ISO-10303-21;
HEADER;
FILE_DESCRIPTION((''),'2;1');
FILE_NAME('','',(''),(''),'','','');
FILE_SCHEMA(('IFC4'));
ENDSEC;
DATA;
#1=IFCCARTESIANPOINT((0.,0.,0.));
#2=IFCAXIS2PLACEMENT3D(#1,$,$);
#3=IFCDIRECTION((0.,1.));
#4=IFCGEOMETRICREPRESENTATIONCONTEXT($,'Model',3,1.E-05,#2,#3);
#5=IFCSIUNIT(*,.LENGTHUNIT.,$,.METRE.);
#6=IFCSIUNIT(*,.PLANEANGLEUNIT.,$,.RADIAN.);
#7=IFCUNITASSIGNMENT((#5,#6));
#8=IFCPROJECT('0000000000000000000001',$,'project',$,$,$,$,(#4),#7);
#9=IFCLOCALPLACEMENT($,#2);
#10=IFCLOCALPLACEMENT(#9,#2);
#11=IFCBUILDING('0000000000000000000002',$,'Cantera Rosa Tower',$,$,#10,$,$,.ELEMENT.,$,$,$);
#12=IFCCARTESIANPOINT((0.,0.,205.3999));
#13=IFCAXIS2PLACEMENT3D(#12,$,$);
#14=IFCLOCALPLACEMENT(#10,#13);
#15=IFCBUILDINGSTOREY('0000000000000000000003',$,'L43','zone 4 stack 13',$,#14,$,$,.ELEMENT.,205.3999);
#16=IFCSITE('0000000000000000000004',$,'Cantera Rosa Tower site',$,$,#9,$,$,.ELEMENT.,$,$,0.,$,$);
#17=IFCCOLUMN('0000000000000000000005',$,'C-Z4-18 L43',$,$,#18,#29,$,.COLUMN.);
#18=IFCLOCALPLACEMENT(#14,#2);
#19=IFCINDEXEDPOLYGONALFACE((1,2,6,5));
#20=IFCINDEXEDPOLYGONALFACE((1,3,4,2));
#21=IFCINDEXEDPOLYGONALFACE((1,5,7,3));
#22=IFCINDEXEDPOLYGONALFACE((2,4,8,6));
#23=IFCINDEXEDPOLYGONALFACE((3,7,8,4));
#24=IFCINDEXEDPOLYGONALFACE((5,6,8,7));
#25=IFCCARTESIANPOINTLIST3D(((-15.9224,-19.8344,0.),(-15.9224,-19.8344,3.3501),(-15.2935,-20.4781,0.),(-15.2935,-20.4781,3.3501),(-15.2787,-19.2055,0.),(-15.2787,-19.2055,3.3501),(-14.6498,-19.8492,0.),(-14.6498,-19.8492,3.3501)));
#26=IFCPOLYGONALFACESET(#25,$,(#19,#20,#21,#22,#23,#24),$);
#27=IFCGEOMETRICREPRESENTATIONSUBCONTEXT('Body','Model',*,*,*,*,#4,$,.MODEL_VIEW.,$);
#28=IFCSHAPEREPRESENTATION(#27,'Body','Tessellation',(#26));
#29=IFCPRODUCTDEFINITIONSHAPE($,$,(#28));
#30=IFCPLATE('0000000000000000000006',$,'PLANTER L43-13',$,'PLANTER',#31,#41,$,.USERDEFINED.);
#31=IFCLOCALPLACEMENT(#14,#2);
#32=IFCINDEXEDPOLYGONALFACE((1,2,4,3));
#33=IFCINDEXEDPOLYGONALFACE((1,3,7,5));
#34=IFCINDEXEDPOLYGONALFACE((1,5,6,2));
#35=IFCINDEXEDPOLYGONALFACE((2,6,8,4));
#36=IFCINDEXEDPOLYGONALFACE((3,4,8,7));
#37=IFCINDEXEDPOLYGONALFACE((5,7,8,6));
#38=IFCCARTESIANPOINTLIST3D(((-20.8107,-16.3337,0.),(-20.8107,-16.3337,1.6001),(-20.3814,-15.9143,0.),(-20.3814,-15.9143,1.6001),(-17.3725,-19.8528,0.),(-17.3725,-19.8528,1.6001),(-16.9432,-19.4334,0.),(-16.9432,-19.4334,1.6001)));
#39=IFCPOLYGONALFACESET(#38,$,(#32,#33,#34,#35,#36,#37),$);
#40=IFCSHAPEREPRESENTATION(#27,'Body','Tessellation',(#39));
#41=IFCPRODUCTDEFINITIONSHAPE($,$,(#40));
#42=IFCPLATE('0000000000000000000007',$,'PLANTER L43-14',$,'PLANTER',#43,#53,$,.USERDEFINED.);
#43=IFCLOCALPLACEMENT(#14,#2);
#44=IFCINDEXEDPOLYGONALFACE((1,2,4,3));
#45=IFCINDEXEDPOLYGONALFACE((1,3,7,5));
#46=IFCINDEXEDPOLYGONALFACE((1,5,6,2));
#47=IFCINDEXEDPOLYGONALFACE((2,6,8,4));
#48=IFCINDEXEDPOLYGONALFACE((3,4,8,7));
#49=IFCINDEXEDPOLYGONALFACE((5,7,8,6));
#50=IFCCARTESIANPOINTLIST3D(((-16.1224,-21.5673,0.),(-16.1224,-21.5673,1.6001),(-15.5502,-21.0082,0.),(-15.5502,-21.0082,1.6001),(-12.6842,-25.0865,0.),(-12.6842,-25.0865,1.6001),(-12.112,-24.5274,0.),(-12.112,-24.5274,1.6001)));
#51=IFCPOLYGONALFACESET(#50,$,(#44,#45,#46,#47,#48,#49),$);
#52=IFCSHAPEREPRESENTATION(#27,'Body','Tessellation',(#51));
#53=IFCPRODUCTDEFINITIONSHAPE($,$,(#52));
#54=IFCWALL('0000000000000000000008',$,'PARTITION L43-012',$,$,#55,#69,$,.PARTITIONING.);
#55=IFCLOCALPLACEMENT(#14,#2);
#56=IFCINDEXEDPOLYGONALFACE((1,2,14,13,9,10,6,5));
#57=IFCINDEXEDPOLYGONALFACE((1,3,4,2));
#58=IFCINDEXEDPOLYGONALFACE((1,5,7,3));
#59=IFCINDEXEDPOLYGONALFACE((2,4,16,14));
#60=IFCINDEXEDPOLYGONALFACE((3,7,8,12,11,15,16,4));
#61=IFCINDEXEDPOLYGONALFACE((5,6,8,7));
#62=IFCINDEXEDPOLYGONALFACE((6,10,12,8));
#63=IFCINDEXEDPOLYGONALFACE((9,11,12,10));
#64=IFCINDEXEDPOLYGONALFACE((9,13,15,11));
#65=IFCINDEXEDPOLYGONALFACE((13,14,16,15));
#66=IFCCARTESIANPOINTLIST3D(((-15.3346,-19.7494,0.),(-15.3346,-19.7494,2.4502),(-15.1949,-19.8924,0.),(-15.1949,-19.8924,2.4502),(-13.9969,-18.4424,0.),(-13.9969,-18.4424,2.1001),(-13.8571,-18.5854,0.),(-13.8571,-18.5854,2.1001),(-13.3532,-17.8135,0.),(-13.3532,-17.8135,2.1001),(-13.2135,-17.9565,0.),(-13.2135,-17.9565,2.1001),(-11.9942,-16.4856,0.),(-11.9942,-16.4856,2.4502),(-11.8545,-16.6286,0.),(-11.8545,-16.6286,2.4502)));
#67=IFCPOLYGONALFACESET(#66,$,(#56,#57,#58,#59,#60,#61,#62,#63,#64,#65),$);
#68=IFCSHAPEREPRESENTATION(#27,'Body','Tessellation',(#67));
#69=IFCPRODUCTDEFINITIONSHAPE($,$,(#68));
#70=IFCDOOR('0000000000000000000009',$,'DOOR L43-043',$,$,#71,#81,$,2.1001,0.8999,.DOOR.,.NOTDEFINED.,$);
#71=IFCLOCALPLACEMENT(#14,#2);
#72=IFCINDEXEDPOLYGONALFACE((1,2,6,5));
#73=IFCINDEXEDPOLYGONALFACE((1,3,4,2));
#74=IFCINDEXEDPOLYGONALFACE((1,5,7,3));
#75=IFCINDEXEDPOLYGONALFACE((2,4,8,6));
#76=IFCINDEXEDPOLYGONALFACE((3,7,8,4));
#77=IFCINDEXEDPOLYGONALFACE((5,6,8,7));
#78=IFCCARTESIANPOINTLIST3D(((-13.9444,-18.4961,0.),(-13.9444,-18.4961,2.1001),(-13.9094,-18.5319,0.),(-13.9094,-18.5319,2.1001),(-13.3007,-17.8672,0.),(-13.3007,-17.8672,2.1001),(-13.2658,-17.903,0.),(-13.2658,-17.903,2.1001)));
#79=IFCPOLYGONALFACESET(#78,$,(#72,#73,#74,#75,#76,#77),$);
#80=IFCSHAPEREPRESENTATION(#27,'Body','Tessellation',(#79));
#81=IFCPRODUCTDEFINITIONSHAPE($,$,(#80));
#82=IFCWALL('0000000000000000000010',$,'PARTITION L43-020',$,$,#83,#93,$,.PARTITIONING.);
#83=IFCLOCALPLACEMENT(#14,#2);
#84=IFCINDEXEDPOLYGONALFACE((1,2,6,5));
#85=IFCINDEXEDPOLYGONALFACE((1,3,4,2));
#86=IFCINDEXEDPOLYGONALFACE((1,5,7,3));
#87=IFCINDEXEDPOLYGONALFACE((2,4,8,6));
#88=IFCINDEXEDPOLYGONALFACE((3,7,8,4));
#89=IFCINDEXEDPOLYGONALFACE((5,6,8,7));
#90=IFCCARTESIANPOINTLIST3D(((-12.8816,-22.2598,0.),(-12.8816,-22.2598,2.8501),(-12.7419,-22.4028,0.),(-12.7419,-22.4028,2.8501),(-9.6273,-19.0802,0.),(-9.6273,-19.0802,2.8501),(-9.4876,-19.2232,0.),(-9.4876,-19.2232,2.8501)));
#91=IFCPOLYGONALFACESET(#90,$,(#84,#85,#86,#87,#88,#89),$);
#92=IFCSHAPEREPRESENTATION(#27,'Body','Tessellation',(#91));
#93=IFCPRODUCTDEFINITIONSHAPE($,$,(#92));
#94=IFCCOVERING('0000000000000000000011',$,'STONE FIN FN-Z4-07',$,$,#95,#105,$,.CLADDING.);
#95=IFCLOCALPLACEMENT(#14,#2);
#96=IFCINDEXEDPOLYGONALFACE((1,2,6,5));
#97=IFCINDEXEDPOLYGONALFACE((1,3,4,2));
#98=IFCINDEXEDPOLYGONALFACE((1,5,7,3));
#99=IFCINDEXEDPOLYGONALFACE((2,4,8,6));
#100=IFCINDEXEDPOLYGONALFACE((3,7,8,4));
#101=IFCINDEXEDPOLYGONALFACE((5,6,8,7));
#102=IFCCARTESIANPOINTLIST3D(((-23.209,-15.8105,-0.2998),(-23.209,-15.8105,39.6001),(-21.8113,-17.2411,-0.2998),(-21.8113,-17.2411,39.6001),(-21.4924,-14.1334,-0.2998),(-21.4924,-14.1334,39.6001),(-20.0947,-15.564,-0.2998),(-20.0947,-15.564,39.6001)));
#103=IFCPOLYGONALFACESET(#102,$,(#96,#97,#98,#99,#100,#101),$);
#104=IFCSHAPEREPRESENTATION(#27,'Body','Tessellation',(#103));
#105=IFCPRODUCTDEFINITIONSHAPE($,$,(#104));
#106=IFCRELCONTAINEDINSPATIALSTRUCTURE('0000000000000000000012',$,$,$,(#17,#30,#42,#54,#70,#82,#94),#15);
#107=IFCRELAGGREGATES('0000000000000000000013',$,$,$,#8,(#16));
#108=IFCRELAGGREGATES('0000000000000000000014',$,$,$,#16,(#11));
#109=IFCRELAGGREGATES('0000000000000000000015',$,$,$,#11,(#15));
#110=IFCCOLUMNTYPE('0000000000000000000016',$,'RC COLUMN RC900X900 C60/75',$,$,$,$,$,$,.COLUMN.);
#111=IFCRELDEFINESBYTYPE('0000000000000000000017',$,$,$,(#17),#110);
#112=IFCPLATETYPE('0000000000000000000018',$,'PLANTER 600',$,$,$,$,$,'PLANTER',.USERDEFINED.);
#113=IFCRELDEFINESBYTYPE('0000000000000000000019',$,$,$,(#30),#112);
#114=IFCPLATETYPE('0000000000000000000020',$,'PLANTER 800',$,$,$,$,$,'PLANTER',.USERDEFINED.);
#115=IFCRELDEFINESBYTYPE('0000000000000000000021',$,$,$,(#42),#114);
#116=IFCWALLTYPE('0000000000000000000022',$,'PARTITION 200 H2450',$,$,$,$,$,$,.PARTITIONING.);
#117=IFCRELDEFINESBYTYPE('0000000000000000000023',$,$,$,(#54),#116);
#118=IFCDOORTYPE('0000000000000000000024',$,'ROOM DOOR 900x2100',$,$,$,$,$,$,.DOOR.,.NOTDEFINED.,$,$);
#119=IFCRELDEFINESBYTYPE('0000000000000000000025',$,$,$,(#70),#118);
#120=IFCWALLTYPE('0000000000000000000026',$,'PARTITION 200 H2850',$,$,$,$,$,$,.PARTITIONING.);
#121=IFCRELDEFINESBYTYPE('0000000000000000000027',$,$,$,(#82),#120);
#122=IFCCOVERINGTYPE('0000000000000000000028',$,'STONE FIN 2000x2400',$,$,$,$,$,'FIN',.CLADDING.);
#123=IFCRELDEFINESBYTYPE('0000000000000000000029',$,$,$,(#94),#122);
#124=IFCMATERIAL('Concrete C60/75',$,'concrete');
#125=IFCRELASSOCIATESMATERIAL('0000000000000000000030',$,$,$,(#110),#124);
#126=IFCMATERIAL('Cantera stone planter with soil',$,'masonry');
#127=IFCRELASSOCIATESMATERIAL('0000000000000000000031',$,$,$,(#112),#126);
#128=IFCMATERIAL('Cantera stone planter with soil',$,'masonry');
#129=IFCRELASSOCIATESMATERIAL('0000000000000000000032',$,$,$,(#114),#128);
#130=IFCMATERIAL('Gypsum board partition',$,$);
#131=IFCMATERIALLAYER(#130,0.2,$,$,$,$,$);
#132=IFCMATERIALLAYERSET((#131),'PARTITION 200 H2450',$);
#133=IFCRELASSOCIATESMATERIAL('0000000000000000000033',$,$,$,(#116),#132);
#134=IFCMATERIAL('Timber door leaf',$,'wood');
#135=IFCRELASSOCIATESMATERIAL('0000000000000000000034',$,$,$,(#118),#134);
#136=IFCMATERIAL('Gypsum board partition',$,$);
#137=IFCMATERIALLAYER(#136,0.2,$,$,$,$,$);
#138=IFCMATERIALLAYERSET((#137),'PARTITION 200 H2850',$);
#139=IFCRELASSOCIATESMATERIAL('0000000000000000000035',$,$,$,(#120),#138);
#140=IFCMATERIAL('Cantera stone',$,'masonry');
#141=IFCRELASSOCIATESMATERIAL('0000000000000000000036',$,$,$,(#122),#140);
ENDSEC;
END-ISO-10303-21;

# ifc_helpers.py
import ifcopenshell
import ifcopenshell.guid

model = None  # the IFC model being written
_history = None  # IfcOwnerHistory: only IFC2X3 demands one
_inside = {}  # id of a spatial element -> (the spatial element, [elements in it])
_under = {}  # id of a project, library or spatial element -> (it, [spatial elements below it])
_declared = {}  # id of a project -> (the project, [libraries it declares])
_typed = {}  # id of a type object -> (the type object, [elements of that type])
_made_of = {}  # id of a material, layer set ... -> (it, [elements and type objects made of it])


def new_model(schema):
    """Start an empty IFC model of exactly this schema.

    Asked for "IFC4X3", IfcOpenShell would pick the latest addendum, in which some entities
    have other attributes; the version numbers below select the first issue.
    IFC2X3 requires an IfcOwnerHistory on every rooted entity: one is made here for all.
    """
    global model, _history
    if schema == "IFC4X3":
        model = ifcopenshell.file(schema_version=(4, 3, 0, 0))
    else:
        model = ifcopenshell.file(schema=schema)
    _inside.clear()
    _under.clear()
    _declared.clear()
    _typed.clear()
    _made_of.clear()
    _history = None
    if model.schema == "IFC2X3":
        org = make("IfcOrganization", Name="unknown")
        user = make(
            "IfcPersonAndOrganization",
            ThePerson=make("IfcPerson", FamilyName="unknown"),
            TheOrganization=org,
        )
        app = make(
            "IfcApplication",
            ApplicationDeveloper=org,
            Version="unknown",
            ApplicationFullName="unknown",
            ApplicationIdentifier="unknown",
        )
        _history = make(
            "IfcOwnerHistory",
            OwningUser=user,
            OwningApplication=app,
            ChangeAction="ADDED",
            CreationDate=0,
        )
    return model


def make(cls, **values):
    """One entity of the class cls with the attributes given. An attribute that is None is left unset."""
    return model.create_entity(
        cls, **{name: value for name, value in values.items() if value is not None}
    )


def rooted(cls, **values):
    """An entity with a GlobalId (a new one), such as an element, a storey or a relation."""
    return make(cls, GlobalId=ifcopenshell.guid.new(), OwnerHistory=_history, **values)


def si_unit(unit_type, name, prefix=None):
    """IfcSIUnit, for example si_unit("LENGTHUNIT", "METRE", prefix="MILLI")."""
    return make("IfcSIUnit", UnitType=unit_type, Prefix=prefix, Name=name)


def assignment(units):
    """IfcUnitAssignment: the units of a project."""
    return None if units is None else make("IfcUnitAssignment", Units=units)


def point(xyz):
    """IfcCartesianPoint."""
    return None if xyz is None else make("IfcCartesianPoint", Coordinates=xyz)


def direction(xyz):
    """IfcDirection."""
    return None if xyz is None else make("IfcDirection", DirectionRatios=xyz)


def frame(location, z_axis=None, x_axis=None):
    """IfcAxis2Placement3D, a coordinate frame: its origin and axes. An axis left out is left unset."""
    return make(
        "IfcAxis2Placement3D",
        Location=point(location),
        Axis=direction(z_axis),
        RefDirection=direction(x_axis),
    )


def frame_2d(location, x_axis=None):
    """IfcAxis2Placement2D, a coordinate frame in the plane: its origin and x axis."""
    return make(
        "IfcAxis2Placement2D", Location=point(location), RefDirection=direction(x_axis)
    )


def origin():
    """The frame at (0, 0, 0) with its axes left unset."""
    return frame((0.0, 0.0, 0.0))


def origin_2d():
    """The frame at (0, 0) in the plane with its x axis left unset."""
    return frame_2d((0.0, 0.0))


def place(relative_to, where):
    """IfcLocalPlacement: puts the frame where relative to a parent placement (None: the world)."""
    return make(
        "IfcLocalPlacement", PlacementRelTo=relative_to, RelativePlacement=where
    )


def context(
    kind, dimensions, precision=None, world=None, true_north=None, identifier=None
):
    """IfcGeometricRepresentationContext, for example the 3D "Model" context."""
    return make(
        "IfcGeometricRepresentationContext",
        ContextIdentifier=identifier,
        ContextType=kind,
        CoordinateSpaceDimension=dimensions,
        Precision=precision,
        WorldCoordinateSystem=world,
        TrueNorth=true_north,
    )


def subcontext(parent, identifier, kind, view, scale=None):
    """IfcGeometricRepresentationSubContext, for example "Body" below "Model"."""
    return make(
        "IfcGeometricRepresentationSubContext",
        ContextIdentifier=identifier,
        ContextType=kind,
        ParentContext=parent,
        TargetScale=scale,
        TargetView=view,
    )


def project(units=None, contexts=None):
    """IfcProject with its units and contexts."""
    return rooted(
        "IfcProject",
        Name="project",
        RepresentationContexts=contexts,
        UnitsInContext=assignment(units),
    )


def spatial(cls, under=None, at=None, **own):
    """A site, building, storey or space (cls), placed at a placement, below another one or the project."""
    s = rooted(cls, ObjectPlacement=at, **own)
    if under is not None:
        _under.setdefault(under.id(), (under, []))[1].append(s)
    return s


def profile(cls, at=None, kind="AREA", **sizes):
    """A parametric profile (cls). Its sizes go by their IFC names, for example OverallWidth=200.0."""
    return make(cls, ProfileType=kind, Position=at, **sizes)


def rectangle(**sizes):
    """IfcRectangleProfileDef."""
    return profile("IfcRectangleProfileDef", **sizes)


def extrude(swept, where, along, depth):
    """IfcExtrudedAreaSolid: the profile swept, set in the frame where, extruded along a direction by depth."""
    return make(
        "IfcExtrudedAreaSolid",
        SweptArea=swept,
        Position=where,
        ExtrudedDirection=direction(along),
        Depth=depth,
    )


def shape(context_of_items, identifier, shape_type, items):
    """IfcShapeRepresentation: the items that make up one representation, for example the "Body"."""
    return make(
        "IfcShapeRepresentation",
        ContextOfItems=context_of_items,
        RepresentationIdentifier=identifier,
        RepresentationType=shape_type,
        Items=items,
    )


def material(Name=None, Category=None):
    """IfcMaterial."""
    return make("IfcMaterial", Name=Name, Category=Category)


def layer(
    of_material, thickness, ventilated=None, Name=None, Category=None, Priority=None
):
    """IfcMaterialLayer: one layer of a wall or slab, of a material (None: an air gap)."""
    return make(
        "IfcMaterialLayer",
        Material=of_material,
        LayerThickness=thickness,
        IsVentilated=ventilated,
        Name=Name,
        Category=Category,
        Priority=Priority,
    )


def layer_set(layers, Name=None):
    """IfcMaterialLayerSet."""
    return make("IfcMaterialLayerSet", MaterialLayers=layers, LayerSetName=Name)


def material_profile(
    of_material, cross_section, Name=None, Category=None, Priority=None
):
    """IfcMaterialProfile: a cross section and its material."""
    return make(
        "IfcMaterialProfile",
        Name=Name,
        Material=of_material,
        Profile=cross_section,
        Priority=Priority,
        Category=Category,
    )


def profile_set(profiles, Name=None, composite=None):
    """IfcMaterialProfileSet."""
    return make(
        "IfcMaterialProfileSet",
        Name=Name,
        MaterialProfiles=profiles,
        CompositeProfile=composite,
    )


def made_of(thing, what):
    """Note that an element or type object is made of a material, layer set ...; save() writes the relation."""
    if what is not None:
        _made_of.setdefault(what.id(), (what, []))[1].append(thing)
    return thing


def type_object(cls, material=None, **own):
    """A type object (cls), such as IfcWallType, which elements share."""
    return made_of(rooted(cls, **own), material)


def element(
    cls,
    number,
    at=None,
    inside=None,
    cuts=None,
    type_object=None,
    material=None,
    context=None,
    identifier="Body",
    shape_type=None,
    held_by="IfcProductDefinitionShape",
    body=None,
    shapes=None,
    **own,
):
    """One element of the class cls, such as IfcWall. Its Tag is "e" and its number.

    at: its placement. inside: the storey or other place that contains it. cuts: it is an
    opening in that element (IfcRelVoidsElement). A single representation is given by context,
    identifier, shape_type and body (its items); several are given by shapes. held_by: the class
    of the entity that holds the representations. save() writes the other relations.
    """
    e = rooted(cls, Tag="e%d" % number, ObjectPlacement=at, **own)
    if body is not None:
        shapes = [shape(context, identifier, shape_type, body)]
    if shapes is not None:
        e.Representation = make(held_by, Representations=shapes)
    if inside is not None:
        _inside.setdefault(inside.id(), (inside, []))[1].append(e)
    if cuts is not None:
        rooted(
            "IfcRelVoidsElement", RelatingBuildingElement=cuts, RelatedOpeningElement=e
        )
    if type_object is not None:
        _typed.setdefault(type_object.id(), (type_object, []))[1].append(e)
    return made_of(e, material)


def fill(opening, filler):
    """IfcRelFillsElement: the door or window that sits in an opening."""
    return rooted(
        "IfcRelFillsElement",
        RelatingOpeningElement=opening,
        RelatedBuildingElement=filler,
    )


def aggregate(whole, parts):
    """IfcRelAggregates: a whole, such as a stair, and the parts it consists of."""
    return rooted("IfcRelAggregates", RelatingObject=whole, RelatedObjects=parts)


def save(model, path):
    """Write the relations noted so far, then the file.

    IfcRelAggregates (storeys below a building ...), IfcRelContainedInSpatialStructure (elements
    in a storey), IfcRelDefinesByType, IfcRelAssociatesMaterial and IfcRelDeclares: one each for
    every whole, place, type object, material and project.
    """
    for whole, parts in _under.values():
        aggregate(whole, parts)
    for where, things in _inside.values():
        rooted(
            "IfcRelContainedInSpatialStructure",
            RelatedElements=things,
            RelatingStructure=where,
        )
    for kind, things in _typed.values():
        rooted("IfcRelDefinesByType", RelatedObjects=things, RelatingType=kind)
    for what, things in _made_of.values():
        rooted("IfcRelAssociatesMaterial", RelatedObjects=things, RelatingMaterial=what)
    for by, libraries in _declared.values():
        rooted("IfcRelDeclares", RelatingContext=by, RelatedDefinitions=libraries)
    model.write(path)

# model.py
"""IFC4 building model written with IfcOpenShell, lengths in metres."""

from ifc_helpers import new_model, si_unit, direction, frame, frame_2d, origin, origin_2d, place, context, subcontext, project, spatial, rectangle, extrude, material, layer, layer_set, material_profile, profile_set, type_object, element, fill, save


model = new_model("IFC4")

# Units and contexts
model_context = context("Model", 3, precision=1e-05, world=origin(), true_north=direction((0.0, 1.0)))
body_context = subcontext(model_context, "Body", "Model", "MODEL_VIEW")
ifc_project = project(units=[si_unit("LENGTHUNIT", "METRE"), si_unit("PLANEANGLEUNIT", "RADIAN")], contexts=[model_context])

# Site, building, storey
site_placement = place(None, origin())
site = spatial("IfcSite", under=ifc_project, at=site_placement, Name="Cantera Rosa Tower site", CompositionType="ELEMENT", RefElevation=0.0)
building_placement = place(site_placement, origin())
building = spatial("IfcBuilding", under=site, at=building_placement, Name="Cantera Rosa Tower", CompositionType="ELEMENT")
storey_placement = place(building_placement, frame((0.0, 0.0, 205.3999)))
storey = spatial("IfcBuildingStorey", under=building, at=storey_placement, Name="L43", Description="zone 4 stack 13", CompositionType="ELEMENT", Elevation=205.3999)

# Column
ifc_material_1 = material(Name="Concrete C60/75", Category="concrete")
ifc_material_profile = material_profile(ifc_material_1, rectangle(XDim=0.8999, YDim=0.8999, at=origin_2d()), Name="RC COLUMN RC900X900 C60/75")
ifc_profile_set = profile_set([ifc_material_profile], Name="Concrete C60/75")
column_type = type_object("IfcColumnType", Name="RC COLUMN RC900X900 C60/75", PredefinedType="COLUMN", material=ifc_profile_set)
column_placement = place(storey_placement, frame((-15.2861, -19.8418, 0.0), z_axis=(0.0, 0.0, 1.0), x_axis=(0.715286, 0.698832, 0.0)))
element("IfcColumn", 1, at=column_placement, inside=storey, type_object=column_type, Name="C-Z4-18 L43", PredefinedType="COLUMN", context=body_context, shape_type="SweptSolid", body=[
    extrude(rectangle(XDim=0.8999, YDim=0.8999, at=origin_2d()), origin(), (0.0, 0.0, 1.0), 3.3501),
])

# Plates
ifc_material_2 = material(Name="Cantera stone planter with soil", Category="masonry")
plate_type_1 = type_object("IfcPlateType", Name="PLANTER 600", ElementType="PLANTER", PredefinedType="USERDEFINED", material=ifc_material_2)
plate_1_placement = place(storey_placement, frame((-18.877, -17.8835, 0.0), z_axis=(0.0, 0.0, 1.0), x_axis=(0.698832, -0.715286, 0.0)))
element("IfcPlate", 2, at=plate_1_placement, inside=storey, type_object=plate_type_1, Name="PLANTER L43-13", ObjectType="PLANTER", PredefinedType="USERDEFINED", context=body_context, shape_type="SweptSolid", body=[
    extrude(rectangle(XDim=4.9199, YDim=0.6001, at=origin_2d()), origin(), (0.0, 0.0, 1.0), 1.6001),
])
ifc_material_3 = material(Name="Cantera stone planter with soil", Category="masonry")
plate_type_2 = type_object("IfcPlateType", Name="PLANTER 800", ElementType="PLANTER", PredefinedType="USERDEFINED", material=ifc_material_3)
plate_2_placement = place(storey_placement, frame((-14.1172, -23.0474, 0.0), z_axis=(0.0, 0.0, 1.0), x_axis=(0.698832, -0.715286, 0.0)))
element("IfcPlate", 3, at=plate_2_placement, inside=storey, type_object=plate_type_2, Name="PLANTER L43-14", ObjectType="PLANTER", PredefinedType="USERDEFINED", context=body_context, shape_type="SweptSolid", body=[
    extrude(rectangle(XDim=4.9199, YDim=0.8, at=origin_2d()), origin(), (0.0, 0.0, 1.0), 1.6001),
])

# Wall, opening, door
ifc_material_4 = material(Name="Gypsum board partition")
ifc_layer_1 = layer(ifc_material_4, 0.2)
ifc_layer_set_1 = layer_set([ifc_layer_1], Name="PARTITION 200 H2450")
wall_type_1 = type_object("IfcWallType", Name="PARTITION 200 H2450", PredefinedType="PARTITIONING", material=ifc_layer_set_1)
wall_1_placement = place(storey_placement, frame((-15.2646, -19.8208, 0.0), z_axis=(0.0, 0.0, 1.0), x_axis=(0.715267, 0.698852, 0.0)))
wall_1 = element("IfcWall", 4, at=wall_1_placement, inside=storey, type_object=wall_type_1, Name="PARTITION L43-012", PredefinedType="PARTITIONING", context=body_context, shape_type="SweptSolid", body=[
    extrude(rectangle(XDim=4.6702, YDim=0.2, at=frame_2d((2.335, 0.0))), origin(), (0.0, 0.0, 1.0), 2.4502),
])
opening_1_placement = place(wall_1_placement, frame((1.8701, 0.0, 0.0)))
opening_1 = element("IfcOpeningElement", 5, at=opening_1_placement, cuts=wall_1, PredefinedType="OPENING", context=body_context, shape_type="SweptSolid", body=[
    extrude(rectangle(XDim=0.8999, YDim=2.1001, at=frame_2d((0.45, 1.05))), frame((0.0, 0.1099, 0.0), z_axis=(0.0, -1.0, 0.0), x_axis=(1.0, 0.0, 0.0)), (0.0, 0.0, 1.0), 0.22),
])
ifc_material_5 = material(Name="Timber door leaf", Category="wood")
door_type_1 = type_object("IfcDoorType", Name="ROOM DOOR 900x2100", OperationType="NOTDEFINED", PredefinedType="DOOR", material=ifc_material_5)
door_1_placement = place(opening_1_placement, origin())
door_1 = element("IfcDoor", 6, at=door_1_placement, inside=storey, type_object=door_type_1, Name="DOOR L43-043", OperationType="NOTDEFINED", OverallHeight=2.1001, OverallWidth=0.8999, PredefinedType="DOOR", context=body_context, shape_type="SweptSolid", body=[
    extrude(rectangle(XDim=0.8999, YDim=2.1001, at=frame_2d((0.45, 1.05))), frame((0.0, 0.0249, 0.0), z_axis=(0.0, -1.0, 0.0), x_axis=(1.0, 0.0, 0.0)), (0.0, 0.0, 1.0), 0.05),
])
fill(opening_1, door_1)

# Wall
ifc_material_6 = material(Name="Gypsum board partition")
ifc_layer_2 = layer(ifc_material_6, 0.2)
ifc_layer_set_2 = layer_set([ifc_layer_2], Name="PARTITION 200 H2850")
wall_type_2 = type_object("IfcWallType", Name="PARTITION 200 H2850", PredefinedType="PARTITIONING", material=ifc_layer_set_2)
wall_2_placement = place(storey_placement, frame((-12.8118, -22.3313, 0.0), z_axis=(0.0, 0.0, 1.0), x_axis=(0.715269, 0.698849, 0.0)))
element("IfcWall", 7, at=wall_2_placement, inside=storey, type_object=wall_type_2, Name="PARTITION L43-020", PredefinedType="PARTITIONING", context=body_context, shape_type="SweptSolid", body=[
    extrude(rectangle(XDim=4.5498, YDim=0.2, at=frame_2d((2.2749, 0.0))), origin(), (0.0, 0.0, 1.0), 2.8501),
])

# Covering
ifc_material_7 = material(Name="Cantera stone", Category="masonry")
covering_type = type_object("IfcCoveringType", Name="STONE FIN 2000x2400", ElementType="FIN", PredefinedType="CLADDING", material=ifc_material_7)
covering_placement = place(storey_placement, frame((-21.6519, -15.6873, -0.2998), z_axis=(0.0, 0.0, 1.0), x_axis=(0.698832, -0.715286, 0.0)))
element("IfcCovering", 8, at=covering_placement, inside=storey, type_object=covering_type, Name="STONE FIN FN-Z4-07", PredefinedType="CLADDING", context=body_context, shape_type="SweptSolid", body=[
    extrude(rectangle(XDim=2.0, YDim=2.3999, at=origin_2d()), origin(), (0.0, 0.0, 1.0), 39.8999),
])

save(model, "model.ifc")
